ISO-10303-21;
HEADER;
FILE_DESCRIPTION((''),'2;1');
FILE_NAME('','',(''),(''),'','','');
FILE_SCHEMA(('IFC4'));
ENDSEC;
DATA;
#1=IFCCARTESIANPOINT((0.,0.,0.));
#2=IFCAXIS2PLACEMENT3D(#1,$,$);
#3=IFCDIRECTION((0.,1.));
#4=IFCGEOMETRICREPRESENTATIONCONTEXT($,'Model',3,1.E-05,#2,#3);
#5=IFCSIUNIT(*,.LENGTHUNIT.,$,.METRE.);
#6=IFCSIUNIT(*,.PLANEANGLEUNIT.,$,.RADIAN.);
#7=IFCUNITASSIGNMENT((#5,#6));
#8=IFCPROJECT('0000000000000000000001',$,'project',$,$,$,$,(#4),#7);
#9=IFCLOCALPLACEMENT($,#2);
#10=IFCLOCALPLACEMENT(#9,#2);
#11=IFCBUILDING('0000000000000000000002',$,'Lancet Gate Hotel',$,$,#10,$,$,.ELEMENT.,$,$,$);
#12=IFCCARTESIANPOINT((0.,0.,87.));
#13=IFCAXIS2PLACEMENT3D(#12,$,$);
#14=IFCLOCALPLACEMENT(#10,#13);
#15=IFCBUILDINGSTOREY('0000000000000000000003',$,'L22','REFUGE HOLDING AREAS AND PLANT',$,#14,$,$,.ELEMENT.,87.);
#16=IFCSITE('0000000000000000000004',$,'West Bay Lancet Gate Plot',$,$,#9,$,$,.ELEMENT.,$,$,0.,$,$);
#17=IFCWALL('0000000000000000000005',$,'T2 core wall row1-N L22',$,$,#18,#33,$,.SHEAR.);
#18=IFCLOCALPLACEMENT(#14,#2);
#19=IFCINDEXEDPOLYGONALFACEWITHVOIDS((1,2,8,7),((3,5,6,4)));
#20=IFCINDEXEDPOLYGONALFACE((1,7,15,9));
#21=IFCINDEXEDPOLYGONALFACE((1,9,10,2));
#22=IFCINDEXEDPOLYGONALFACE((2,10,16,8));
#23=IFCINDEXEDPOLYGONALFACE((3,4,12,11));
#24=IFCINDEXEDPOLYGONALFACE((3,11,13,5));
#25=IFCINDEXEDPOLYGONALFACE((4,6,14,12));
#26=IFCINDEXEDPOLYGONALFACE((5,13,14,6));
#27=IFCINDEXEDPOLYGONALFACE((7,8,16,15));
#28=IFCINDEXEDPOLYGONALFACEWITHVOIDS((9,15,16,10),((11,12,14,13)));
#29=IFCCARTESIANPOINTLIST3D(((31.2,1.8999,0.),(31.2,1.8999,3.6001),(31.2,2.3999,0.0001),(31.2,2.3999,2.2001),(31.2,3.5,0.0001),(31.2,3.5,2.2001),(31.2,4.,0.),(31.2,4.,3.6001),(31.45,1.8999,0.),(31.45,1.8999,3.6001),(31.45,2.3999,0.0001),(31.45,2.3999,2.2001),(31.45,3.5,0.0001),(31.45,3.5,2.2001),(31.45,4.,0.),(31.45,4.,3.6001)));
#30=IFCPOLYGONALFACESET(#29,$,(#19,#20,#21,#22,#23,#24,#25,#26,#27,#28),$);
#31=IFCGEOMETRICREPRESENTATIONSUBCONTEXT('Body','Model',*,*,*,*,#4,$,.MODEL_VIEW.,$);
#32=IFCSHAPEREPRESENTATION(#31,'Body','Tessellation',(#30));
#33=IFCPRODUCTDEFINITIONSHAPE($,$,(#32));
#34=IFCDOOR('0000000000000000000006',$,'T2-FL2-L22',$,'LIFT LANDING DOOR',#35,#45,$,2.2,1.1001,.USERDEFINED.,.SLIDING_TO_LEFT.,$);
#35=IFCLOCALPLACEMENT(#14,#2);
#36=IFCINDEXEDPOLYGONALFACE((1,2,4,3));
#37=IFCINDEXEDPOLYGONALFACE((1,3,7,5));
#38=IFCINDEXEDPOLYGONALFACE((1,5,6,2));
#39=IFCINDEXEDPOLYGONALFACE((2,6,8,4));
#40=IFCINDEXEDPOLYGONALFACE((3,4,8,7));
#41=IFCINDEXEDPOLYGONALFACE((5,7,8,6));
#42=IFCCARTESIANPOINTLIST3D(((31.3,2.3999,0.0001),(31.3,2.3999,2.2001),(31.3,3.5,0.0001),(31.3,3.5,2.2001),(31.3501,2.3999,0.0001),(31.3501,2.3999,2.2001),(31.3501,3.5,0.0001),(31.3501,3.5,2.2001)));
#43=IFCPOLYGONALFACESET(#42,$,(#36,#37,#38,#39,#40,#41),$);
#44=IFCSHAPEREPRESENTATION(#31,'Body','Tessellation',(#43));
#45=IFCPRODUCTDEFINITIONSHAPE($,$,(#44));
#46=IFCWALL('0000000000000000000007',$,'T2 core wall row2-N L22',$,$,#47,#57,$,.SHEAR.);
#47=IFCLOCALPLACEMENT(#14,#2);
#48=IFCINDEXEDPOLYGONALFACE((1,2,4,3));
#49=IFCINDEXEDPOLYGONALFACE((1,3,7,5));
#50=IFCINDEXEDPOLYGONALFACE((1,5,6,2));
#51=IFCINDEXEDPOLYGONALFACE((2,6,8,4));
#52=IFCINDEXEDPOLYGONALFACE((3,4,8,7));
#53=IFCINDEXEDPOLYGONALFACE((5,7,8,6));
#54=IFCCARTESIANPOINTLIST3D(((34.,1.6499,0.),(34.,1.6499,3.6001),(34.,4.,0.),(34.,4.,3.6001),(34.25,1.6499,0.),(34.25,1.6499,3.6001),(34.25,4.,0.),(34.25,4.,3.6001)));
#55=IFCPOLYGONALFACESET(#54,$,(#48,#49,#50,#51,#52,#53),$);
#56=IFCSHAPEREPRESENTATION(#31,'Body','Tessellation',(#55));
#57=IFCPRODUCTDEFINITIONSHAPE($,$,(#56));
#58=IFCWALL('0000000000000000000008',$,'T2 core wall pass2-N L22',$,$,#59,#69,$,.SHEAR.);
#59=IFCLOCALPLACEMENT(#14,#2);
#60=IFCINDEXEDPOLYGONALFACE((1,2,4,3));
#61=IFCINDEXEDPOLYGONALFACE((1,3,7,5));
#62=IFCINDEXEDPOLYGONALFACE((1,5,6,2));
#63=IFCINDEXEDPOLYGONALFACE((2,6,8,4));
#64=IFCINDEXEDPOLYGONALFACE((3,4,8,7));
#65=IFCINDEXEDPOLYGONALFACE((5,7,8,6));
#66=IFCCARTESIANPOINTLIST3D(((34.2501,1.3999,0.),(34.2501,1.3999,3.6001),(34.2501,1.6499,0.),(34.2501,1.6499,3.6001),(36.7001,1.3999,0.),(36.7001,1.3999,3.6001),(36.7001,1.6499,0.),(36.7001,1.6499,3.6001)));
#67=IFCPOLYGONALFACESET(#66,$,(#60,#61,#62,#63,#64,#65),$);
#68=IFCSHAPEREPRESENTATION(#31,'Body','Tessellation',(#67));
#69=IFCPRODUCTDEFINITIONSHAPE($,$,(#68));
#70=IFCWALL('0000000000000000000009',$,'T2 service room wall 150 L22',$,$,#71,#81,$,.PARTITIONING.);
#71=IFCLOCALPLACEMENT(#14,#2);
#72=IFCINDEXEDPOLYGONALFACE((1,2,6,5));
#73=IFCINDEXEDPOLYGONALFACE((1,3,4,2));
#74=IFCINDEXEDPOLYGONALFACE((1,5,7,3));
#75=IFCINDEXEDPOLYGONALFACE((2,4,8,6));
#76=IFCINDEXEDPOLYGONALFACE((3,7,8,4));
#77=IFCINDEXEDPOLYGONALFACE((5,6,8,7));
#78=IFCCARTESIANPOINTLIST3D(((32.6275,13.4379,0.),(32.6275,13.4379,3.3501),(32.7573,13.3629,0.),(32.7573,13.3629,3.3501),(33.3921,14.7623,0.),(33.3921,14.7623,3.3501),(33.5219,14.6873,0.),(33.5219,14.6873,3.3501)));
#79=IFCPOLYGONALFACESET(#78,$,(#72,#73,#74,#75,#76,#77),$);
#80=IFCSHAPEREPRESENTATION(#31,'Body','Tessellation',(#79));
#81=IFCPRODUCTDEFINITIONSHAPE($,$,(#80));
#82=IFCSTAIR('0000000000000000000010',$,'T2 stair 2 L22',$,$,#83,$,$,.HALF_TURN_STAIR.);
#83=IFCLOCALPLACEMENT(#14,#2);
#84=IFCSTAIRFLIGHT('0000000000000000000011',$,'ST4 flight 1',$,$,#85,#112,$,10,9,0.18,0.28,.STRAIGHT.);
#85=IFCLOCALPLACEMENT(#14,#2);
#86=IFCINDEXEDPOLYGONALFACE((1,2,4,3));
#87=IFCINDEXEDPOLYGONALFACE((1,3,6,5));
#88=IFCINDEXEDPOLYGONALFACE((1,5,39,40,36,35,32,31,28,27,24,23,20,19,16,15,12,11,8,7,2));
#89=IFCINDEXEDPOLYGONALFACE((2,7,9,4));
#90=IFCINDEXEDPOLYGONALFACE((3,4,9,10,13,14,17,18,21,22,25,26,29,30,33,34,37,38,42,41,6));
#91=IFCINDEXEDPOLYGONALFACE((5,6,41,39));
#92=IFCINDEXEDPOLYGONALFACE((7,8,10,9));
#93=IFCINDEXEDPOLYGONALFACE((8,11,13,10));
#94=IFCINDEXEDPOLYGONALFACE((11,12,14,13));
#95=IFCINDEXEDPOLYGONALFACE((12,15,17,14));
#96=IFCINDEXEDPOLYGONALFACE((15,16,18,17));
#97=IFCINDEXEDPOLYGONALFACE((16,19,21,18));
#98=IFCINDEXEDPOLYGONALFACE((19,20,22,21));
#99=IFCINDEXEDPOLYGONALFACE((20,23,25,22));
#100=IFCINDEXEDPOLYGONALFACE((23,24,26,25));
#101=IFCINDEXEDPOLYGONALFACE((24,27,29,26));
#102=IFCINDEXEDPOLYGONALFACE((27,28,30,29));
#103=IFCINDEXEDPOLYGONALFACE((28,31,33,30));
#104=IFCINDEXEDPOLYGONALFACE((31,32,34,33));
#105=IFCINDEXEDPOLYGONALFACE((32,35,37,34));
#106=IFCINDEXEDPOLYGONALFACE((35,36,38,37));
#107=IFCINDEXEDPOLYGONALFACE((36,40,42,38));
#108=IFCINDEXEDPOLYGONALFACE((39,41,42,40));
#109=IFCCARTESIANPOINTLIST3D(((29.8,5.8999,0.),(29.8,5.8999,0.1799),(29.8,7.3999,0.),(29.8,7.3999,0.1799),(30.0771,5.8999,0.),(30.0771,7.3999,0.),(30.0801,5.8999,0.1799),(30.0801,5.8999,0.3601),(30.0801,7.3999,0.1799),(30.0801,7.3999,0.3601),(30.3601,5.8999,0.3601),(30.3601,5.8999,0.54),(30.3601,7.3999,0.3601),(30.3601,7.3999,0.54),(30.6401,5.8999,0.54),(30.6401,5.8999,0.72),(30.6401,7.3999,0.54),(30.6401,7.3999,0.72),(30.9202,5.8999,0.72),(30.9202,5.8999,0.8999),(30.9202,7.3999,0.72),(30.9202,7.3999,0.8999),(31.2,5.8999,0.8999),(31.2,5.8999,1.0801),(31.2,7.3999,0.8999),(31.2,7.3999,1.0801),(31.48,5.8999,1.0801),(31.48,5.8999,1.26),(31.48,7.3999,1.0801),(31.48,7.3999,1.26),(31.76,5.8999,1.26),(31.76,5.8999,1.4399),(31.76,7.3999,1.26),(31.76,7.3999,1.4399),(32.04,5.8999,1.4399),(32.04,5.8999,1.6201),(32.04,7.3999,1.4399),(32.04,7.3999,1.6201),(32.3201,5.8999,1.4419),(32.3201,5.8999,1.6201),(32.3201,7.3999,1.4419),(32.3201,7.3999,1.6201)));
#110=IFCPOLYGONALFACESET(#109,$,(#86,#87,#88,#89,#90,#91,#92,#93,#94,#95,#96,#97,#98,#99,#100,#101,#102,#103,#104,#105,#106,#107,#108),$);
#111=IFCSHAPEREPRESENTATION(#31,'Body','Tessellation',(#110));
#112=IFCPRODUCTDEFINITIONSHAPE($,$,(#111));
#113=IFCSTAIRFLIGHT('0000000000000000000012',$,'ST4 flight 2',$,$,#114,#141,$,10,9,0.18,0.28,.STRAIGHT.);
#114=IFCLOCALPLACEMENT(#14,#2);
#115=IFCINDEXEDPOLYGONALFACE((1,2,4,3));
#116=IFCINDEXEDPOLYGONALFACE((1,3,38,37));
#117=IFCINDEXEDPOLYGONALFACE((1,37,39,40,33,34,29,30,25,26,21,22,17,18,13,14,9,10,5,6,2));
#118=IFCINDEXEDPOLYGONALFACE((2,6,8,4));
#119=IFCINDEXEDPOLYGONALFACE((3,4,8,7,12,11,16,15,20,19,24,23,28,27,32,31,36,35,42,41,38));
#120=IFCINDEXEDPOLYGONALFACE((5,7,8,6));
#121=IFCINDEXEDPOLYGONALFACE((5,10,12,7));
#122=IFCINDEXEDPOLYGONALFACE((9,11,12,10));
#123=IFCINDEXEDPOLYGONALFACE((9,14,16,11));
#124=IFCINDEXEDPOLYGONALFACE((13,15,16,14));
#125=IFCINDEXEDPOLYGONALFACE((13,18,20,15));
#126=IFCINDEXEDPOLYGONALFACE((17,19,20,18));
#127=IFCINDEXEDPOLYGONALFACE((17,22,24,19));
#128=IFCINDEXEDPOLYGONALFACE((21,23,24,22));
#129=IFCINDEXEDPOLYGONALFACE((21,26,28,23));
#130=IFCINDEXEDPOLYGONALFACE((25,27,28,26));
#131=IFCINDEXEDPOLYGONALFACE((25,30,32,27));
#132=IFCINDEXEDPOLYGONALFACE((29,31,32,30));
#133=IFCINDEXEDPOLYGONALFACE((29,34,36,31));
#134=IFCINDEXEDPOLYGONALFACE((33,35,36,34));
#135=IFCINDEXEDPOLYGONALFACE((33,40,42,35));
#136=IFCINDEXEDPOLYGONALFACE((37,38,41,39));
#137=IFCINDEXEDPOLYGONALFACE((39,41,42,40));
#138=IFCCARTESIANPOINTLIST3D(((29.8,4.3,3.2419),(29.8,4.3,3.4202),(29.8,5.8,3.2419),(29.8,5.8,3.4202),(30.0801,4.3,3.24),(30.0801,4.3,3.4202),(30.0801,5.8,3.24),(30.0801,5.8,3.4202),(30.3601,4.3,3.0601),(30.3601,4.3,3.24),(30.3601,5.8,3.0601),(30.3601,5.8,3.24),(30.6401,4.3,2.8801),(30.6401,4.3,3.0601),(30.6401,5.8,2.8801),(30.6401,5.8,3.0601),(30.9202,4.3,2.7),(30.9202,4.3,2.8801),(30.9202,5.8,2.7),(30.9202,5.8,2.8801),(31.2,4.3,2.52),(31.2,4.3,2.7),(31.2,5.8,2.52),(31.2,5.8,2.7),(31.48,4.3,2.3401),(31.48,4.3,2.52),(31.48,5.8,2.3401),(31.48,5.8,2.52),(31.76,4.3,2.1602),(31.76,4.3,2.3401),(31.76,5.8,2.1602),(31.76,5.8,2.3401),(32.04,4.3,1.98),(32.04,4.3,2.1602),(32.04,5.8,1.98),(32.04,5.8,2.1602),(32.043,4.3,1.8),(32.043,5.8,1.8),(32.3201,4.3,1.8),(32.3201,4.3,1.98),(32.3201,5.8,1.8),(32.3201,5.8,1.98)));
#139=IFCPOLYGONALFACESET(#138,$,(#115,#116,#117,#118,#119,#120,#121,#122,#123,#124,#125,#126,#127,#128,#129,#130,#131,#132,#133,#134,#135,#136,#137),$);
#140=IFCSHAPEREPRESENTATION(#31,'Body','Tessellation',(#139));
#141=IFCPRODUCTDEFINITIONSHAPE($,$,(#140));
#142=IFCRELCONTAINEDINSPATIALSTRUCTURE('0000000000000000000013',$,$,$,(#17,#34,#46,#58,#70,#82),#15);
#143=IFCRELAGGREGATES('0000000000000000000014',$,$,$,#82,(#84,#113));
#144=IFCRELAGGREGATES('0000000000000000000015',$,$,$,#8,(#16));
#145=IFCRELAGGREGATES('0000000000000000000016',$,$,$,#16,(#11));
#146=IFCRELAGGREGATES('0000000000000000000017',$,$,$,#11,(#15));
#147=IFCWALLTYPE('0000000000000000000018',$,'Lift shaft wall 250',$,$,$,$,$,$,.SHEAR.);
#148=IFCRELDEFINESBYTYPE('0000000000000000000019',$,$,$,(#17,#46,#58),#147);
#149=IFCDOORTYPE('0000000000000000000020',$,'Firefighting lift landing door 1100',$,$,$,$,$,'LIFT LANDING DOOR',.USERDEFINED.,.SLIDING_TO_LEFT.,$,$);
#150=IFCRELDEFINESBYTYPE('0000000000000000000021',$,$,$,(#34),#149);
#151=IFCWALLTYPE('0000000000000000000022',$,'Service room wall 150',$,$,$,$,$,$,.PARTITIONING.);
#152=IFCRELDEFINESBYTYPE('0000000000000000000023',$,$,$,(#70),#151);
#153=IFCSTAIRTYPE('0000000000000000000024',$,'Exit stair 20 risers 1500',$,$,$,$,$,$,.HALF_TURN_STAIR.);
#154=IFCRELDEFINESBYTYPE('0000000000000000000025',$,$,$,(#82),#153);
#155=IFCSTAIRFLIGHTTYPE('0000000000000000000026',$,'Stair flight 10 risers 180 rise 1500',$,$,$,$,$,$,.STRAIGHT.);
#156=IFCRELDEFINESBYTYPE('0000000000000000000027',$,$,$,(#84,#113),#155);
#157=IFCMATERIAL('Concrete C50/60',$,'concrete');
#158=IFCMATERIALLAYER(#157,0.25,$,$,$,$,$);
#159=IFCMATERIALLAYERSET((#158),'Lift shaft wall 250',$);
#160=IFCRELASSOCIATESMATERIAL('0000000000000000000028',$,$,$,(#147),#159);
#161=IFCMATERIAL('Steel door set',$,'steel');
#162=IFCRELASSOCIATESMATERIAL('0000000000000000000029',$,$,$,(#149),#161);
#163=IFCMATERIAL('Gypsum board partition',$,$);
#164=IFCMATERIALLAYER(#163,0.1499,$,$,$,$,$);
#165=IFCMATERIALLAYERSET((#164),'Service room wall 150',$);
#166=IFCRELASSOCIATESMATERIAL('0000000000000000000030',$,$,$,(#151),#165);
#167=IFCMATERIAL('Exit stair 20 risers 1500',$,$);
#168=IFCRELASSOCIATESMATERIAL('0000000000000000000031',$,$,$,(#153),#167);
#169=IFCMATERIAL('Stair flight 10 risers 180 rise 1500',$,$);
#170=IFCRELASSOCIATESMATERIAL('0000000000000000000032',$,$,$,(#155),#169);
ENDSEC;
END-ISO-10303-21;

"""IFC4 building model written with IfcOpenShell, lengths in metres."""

from ifc_helpers import new_model, si_unit, direction, frame, frame_2d, origin, place, context, subcontext, project, spatial, polyline, rectangle, outline, extrude, material, layer, layer_set, type_object, element, fill, aggregate, save


model = new_model("IFC4")

# Units and contexts
model_context = context("Model", 3, precision=1e-05, world=origin(), true_north=direction((0.0, 1.0)))
body_context = subcontext(model_context, "Body", "Model", "MODEL_VIEW")
ifc_project = project(units=[si_unit("LENGTHUNIT", "METRE"), si_unit("PLANEANGLEUNIT", "RADIAN")], contexts=[model_context])

# Site, building, storey
site_placement = place(None, origin())
site = spatial("IfcSite", under=ifc_project, at=site_placement, Name="West Bay Lancet Gate Plot", CompositionType="ELEMENT", RefElevation=0.0)
building_placement = place(site_placement, origin())
building = spatial("IfcBuilding", under=site, at=building_placement, Name="Lancet Gate Hotel", CompositionType="ELEMENT")
storey_placement = place(building_placement, frame((0.0, 0.0, 87.0)))
storey = spatial("IfcBuildingStorey", under=building, at=storey_placement, Name="L22", Description="REFUGE HOLDING AREAS AND PLANT", CompositionType="ELEMENT", Elevation=87.0)

# Wall, opening, door
ifc_material_1 = material(Name="Concrete C50/60", Category="concrete")
ifc_layer_1 = layer(ifc_material_1, 0.25)
ifc_layer_set_1 = layer_set([ifc_layer_1], Name="Lift shaft wall 250")
wall_type_1 = type_object("IfcWallType", Name="Lift shaft wall 250", PredefinedType="SHEAR", material=ifc_layer_set_1)
wall_1_placement = place(storey_placement, frame((31.325, 1.8999, 0.0), z_axis=(0.0, 0.0, 1.0), x_axis=(0.0, 1.0, 0.0)))
wall_1 = element("IfcWall", 1, at=wall_1_placement, inside=storey, type_object=wall_type_1, Name="T2 core wall row1-N L22", PredefinedType="SHEAR", context=body_context, shape_type="SweptSolid", body=[
    extrude(rectangle(XDim=2.1001, YDim=0.25, at=frame_2d((1.05, 0.0))), origin(), (0.0, 0.0, 1.0), 3.6001),
])
opening_1_placement = place(wall_1_placement, frame((0.5, 0.0, 0.0)))
opening_1 = element("IfcOpeningElement", 2, at=opening_1_placement, cuts=wall_1, PredefinedType="OPENING", context=body_context, shape_type="SweptSolid", body=[
    extrude(rectangle(XDim=1.1001, YDim=2.2, at=frame_2d((0.55, 1.1001))), frame((0.0, 0.135, 0.0), z_axis=(0.0, -1.0, 0.0), x_axis=(1.0, 0.0, 0.0)), (0.0, 0.0, 1.0), 0.27),
])
ifc_material_2 = material(Name="Steel door set", Category="steel")
door_type_1 = type_object("IfcDoorType", Name="Firefighting lift landing door 1100", ElementType="LIFT LANDING DOOR", OperationType="SLIDING_TO_LEFT", PredefinedType="USERDEFINED", material=ifc_material_2)
door_1_placement = place(opening_1_placement, origin())
door_1 = element("IfcDoor", 3, at=door_1_placement, inside=storey, type_object=door_type_1, Name="T2-FL2-L22", ObjectType="LIFT LANDING DOOR", OperationType="SLIDING_TO_LEFT", OverallHeight=2.2, OverallWidth=1.1001, PredefinedType="USERDEFINED", context=body_context, shape_type="SweptSolid", body=[
    extrude(rectangle(XDim=1.1001, YDim=2.2, at=frame_2d((0.55, 1.1001))), frame((0.0, 0.0249, 0.0), z_axis=(0.0, -1.0, 0.0), x_axis=(1.0, 0.0, 0.0)), (0.0, 0.0, 1.0), 0.05),
])
fill(opening_1, door_1)

# Walls
wall_2_placement = place(storey_placement, frame((34.125, 1.6499, 0.0), z_axis=(0.0, 0.0, 1.0), x_axis=(0.0, 1.0, 0.0)))
element("IfcWall", 4, at=wall_2_placement, inside=storey, type_object=wall_type_1, Name="T2 core wall row2-N L22", PredefinedType="SHEAR", context=body_context, shape_type="SweptSolid", body=[
    extrude(rectangle(XDim=2.3501, YDim=0.25, at=frame_2d((1.175, 0.0))), origin(), (0.0, 0.0, 1.0), 3.6001),
])
wall_3_placement = place(storey_placement, frame((34.25, 1.5249, 0.0), z_axis=(0.0, 0.0, 1.0), x_axis=(1.0, 0.0, 0.0)))
element("IfcWall", 5, at=wall_3_placement, inside=storey, type_object=wall_type_1, Name="T2 core wall pass2-N L22", PredefinedType="SHEAR", context=body_context, shape_type="SweptSolid", body=[
    extrude(rectangle(XDim=2.45, YDim=0.25, at=frame_2d((1.2251, 0.0))), origin(), (0.0, 0.0, 1.0), 3.6001),
])
ifc_material_3 = material(Name="Gypsum board partition")
ifc_layer_2 = layer(ifc_material_3, 0.1499)
ifc_layer_set_2 = layer_set([ifc_layer_2], Name="Service room wall 150")
wall_type_2 = type_object("IfcWallType", Name="Service room wall 150", PredefinedType="PARTITIONING", material=ifc_layer_set_2)
wall_4_placement = place(storey_placement, frame((32.6924, 13.4004, 0.0), z_axis=(0.0, 0.0, 1.0), x_axis=(0.499985, 0.866034, 0.0)))
element("IfcWall", 6, at=wall_4_placement, inside=storey, type_object=wall_type_2, Name="T2 service room wall 150 L22", PredefinedType="PARTITIONING", context=body_context, shape_type="SweptSolid", body=[
    extrude(rectangle(XDim=1.5293, YDim=0.1499, at=frame_2d((0.7646, 0.0))), origin(), (0.0, 0.0, 1.0), 3.3501),
])

# Stair, stair flights
ifc_material_4 = material(Name="Exit stair 20 risers 1500")
stair_type = type_object("IfcStairType", Name="Exit stair 20 risers 1500", PredefinedType="HALF_TURN_STAIR", material=ifc_material_4)
stair_placement = place(storey_placement, origin())
stair = element("IfcStair", 7, at=stair_placement, inside=storey, type_object=stair_type, Name="T2 stair 2 L22", PredefinedType="HALF_TURN_STAIR")
ifc_material_5 = material(Name="Stair flight 10 risers 180 rise 1500")
stair_flight_type = type_object("IfcStairFlightType", Name="Stair flight 10 risers 180 rise 1500", PredefinedType="STRAIGHT", material=ifc_material_5)
stair_flight_1_placement = place(storey_placement, frame((29.8, 6.6499, 0.0), z_axis=(0.0, 0.0, 1.0), x_axis=(1.0, 0.0, 0.0)))
stair_flight_1 = element("IfcStairFlight", 8, at=stair_flight_1_placement, type_object=stair_flight_type, Name="ST4 flight 1", NumberOfRisers=10, NumberOfTreads=9, PredefinedType="STRAIGHT", RiserHeight=0.18, TreadLength=0.28, context=body_context, shape_type="SweptSolid", body=[
    extrude(outline(polyline([(0.0, 0.0), (0.0, 0.1799), (0.28, 0.1799), (0.28, 0.3601), (0.5601, 0.3601), (0.5601, 0.54), (0.8401, 0.54), (0.8401, 0.72), (1.1201, 0.72), (1.1201, 0.8999), (1.3999, 0.8999), (1.3999, 1.0801), (1.6799, 1.0801), (1.6799, 1.26), (1.96, 1.26), (1.96, 1.4399), (2.24, 1.4399), (2.24, 1.6201), (2.52, 1.6201), (2.52, 1.8), (2.52, 1.4419), (0.2771, 0.0), (0.0, 0.0)])), frame((0.0, 0.75, 0.0), z_axis=(0.0, -1.0, 0.0), x_axis=(1.0, 0.0, 0.0)), (0.0, 0.0, 1.0), 1.5),
])
stair_flight_2_placement = place(storey_placement, frame((32.3201, 5.05, 1.8), z_axis=(0.0, 0.0, 1.0), x_axis=(-1.0, 0.0, 0.0)))
stair_flight_2 = element("IfcStairFlight", 9, at=stair_flight_2_placement, type_object=stair_flight_type, Name="ST4 flight 2", NumberOfRisers=10, NumberOfTreads=9, PredefinedType="STRAIGHT", RiserHeight=0.18, TreadLength=0.28, context=body_context, shape_type="SweptSolid", body=[
    extrude(outline(polyline([(0.0, 0.0), (0.0, 0.1799), (0.28, 0.1799), (0.28, 0.3601), (0.5601, 0.3601), (0.5601, 0.54), (0.8401, 0.54), (0.8401, 0.72), (1.1201, 0.72), (1.1201, 0.8999), (1.3999, 0.8999), (1.3999, 1.0801), (1.6799, 1.0801), (1.6799, 1.26), (1.96, 1.26), (1.96, 1.4399), (2.24, 1.4399), (2.24, 1.6201), (2.52, 1.6201), (2.52, 1.8), (2.52, 1.4419), (0.2771, 0.0), (0.0, 0.0)])), frame((0.0, 0.75, 0.0), z_axis=(0.0, -1.0, 0.0), x_axis=(1.0, 0.0, 0.0)), (0.0, 0.0, 1.0), 1.5),
])
aggregate(stair, [stair_flight_1, stair_flight_2])

save(model, "model.ifc")
